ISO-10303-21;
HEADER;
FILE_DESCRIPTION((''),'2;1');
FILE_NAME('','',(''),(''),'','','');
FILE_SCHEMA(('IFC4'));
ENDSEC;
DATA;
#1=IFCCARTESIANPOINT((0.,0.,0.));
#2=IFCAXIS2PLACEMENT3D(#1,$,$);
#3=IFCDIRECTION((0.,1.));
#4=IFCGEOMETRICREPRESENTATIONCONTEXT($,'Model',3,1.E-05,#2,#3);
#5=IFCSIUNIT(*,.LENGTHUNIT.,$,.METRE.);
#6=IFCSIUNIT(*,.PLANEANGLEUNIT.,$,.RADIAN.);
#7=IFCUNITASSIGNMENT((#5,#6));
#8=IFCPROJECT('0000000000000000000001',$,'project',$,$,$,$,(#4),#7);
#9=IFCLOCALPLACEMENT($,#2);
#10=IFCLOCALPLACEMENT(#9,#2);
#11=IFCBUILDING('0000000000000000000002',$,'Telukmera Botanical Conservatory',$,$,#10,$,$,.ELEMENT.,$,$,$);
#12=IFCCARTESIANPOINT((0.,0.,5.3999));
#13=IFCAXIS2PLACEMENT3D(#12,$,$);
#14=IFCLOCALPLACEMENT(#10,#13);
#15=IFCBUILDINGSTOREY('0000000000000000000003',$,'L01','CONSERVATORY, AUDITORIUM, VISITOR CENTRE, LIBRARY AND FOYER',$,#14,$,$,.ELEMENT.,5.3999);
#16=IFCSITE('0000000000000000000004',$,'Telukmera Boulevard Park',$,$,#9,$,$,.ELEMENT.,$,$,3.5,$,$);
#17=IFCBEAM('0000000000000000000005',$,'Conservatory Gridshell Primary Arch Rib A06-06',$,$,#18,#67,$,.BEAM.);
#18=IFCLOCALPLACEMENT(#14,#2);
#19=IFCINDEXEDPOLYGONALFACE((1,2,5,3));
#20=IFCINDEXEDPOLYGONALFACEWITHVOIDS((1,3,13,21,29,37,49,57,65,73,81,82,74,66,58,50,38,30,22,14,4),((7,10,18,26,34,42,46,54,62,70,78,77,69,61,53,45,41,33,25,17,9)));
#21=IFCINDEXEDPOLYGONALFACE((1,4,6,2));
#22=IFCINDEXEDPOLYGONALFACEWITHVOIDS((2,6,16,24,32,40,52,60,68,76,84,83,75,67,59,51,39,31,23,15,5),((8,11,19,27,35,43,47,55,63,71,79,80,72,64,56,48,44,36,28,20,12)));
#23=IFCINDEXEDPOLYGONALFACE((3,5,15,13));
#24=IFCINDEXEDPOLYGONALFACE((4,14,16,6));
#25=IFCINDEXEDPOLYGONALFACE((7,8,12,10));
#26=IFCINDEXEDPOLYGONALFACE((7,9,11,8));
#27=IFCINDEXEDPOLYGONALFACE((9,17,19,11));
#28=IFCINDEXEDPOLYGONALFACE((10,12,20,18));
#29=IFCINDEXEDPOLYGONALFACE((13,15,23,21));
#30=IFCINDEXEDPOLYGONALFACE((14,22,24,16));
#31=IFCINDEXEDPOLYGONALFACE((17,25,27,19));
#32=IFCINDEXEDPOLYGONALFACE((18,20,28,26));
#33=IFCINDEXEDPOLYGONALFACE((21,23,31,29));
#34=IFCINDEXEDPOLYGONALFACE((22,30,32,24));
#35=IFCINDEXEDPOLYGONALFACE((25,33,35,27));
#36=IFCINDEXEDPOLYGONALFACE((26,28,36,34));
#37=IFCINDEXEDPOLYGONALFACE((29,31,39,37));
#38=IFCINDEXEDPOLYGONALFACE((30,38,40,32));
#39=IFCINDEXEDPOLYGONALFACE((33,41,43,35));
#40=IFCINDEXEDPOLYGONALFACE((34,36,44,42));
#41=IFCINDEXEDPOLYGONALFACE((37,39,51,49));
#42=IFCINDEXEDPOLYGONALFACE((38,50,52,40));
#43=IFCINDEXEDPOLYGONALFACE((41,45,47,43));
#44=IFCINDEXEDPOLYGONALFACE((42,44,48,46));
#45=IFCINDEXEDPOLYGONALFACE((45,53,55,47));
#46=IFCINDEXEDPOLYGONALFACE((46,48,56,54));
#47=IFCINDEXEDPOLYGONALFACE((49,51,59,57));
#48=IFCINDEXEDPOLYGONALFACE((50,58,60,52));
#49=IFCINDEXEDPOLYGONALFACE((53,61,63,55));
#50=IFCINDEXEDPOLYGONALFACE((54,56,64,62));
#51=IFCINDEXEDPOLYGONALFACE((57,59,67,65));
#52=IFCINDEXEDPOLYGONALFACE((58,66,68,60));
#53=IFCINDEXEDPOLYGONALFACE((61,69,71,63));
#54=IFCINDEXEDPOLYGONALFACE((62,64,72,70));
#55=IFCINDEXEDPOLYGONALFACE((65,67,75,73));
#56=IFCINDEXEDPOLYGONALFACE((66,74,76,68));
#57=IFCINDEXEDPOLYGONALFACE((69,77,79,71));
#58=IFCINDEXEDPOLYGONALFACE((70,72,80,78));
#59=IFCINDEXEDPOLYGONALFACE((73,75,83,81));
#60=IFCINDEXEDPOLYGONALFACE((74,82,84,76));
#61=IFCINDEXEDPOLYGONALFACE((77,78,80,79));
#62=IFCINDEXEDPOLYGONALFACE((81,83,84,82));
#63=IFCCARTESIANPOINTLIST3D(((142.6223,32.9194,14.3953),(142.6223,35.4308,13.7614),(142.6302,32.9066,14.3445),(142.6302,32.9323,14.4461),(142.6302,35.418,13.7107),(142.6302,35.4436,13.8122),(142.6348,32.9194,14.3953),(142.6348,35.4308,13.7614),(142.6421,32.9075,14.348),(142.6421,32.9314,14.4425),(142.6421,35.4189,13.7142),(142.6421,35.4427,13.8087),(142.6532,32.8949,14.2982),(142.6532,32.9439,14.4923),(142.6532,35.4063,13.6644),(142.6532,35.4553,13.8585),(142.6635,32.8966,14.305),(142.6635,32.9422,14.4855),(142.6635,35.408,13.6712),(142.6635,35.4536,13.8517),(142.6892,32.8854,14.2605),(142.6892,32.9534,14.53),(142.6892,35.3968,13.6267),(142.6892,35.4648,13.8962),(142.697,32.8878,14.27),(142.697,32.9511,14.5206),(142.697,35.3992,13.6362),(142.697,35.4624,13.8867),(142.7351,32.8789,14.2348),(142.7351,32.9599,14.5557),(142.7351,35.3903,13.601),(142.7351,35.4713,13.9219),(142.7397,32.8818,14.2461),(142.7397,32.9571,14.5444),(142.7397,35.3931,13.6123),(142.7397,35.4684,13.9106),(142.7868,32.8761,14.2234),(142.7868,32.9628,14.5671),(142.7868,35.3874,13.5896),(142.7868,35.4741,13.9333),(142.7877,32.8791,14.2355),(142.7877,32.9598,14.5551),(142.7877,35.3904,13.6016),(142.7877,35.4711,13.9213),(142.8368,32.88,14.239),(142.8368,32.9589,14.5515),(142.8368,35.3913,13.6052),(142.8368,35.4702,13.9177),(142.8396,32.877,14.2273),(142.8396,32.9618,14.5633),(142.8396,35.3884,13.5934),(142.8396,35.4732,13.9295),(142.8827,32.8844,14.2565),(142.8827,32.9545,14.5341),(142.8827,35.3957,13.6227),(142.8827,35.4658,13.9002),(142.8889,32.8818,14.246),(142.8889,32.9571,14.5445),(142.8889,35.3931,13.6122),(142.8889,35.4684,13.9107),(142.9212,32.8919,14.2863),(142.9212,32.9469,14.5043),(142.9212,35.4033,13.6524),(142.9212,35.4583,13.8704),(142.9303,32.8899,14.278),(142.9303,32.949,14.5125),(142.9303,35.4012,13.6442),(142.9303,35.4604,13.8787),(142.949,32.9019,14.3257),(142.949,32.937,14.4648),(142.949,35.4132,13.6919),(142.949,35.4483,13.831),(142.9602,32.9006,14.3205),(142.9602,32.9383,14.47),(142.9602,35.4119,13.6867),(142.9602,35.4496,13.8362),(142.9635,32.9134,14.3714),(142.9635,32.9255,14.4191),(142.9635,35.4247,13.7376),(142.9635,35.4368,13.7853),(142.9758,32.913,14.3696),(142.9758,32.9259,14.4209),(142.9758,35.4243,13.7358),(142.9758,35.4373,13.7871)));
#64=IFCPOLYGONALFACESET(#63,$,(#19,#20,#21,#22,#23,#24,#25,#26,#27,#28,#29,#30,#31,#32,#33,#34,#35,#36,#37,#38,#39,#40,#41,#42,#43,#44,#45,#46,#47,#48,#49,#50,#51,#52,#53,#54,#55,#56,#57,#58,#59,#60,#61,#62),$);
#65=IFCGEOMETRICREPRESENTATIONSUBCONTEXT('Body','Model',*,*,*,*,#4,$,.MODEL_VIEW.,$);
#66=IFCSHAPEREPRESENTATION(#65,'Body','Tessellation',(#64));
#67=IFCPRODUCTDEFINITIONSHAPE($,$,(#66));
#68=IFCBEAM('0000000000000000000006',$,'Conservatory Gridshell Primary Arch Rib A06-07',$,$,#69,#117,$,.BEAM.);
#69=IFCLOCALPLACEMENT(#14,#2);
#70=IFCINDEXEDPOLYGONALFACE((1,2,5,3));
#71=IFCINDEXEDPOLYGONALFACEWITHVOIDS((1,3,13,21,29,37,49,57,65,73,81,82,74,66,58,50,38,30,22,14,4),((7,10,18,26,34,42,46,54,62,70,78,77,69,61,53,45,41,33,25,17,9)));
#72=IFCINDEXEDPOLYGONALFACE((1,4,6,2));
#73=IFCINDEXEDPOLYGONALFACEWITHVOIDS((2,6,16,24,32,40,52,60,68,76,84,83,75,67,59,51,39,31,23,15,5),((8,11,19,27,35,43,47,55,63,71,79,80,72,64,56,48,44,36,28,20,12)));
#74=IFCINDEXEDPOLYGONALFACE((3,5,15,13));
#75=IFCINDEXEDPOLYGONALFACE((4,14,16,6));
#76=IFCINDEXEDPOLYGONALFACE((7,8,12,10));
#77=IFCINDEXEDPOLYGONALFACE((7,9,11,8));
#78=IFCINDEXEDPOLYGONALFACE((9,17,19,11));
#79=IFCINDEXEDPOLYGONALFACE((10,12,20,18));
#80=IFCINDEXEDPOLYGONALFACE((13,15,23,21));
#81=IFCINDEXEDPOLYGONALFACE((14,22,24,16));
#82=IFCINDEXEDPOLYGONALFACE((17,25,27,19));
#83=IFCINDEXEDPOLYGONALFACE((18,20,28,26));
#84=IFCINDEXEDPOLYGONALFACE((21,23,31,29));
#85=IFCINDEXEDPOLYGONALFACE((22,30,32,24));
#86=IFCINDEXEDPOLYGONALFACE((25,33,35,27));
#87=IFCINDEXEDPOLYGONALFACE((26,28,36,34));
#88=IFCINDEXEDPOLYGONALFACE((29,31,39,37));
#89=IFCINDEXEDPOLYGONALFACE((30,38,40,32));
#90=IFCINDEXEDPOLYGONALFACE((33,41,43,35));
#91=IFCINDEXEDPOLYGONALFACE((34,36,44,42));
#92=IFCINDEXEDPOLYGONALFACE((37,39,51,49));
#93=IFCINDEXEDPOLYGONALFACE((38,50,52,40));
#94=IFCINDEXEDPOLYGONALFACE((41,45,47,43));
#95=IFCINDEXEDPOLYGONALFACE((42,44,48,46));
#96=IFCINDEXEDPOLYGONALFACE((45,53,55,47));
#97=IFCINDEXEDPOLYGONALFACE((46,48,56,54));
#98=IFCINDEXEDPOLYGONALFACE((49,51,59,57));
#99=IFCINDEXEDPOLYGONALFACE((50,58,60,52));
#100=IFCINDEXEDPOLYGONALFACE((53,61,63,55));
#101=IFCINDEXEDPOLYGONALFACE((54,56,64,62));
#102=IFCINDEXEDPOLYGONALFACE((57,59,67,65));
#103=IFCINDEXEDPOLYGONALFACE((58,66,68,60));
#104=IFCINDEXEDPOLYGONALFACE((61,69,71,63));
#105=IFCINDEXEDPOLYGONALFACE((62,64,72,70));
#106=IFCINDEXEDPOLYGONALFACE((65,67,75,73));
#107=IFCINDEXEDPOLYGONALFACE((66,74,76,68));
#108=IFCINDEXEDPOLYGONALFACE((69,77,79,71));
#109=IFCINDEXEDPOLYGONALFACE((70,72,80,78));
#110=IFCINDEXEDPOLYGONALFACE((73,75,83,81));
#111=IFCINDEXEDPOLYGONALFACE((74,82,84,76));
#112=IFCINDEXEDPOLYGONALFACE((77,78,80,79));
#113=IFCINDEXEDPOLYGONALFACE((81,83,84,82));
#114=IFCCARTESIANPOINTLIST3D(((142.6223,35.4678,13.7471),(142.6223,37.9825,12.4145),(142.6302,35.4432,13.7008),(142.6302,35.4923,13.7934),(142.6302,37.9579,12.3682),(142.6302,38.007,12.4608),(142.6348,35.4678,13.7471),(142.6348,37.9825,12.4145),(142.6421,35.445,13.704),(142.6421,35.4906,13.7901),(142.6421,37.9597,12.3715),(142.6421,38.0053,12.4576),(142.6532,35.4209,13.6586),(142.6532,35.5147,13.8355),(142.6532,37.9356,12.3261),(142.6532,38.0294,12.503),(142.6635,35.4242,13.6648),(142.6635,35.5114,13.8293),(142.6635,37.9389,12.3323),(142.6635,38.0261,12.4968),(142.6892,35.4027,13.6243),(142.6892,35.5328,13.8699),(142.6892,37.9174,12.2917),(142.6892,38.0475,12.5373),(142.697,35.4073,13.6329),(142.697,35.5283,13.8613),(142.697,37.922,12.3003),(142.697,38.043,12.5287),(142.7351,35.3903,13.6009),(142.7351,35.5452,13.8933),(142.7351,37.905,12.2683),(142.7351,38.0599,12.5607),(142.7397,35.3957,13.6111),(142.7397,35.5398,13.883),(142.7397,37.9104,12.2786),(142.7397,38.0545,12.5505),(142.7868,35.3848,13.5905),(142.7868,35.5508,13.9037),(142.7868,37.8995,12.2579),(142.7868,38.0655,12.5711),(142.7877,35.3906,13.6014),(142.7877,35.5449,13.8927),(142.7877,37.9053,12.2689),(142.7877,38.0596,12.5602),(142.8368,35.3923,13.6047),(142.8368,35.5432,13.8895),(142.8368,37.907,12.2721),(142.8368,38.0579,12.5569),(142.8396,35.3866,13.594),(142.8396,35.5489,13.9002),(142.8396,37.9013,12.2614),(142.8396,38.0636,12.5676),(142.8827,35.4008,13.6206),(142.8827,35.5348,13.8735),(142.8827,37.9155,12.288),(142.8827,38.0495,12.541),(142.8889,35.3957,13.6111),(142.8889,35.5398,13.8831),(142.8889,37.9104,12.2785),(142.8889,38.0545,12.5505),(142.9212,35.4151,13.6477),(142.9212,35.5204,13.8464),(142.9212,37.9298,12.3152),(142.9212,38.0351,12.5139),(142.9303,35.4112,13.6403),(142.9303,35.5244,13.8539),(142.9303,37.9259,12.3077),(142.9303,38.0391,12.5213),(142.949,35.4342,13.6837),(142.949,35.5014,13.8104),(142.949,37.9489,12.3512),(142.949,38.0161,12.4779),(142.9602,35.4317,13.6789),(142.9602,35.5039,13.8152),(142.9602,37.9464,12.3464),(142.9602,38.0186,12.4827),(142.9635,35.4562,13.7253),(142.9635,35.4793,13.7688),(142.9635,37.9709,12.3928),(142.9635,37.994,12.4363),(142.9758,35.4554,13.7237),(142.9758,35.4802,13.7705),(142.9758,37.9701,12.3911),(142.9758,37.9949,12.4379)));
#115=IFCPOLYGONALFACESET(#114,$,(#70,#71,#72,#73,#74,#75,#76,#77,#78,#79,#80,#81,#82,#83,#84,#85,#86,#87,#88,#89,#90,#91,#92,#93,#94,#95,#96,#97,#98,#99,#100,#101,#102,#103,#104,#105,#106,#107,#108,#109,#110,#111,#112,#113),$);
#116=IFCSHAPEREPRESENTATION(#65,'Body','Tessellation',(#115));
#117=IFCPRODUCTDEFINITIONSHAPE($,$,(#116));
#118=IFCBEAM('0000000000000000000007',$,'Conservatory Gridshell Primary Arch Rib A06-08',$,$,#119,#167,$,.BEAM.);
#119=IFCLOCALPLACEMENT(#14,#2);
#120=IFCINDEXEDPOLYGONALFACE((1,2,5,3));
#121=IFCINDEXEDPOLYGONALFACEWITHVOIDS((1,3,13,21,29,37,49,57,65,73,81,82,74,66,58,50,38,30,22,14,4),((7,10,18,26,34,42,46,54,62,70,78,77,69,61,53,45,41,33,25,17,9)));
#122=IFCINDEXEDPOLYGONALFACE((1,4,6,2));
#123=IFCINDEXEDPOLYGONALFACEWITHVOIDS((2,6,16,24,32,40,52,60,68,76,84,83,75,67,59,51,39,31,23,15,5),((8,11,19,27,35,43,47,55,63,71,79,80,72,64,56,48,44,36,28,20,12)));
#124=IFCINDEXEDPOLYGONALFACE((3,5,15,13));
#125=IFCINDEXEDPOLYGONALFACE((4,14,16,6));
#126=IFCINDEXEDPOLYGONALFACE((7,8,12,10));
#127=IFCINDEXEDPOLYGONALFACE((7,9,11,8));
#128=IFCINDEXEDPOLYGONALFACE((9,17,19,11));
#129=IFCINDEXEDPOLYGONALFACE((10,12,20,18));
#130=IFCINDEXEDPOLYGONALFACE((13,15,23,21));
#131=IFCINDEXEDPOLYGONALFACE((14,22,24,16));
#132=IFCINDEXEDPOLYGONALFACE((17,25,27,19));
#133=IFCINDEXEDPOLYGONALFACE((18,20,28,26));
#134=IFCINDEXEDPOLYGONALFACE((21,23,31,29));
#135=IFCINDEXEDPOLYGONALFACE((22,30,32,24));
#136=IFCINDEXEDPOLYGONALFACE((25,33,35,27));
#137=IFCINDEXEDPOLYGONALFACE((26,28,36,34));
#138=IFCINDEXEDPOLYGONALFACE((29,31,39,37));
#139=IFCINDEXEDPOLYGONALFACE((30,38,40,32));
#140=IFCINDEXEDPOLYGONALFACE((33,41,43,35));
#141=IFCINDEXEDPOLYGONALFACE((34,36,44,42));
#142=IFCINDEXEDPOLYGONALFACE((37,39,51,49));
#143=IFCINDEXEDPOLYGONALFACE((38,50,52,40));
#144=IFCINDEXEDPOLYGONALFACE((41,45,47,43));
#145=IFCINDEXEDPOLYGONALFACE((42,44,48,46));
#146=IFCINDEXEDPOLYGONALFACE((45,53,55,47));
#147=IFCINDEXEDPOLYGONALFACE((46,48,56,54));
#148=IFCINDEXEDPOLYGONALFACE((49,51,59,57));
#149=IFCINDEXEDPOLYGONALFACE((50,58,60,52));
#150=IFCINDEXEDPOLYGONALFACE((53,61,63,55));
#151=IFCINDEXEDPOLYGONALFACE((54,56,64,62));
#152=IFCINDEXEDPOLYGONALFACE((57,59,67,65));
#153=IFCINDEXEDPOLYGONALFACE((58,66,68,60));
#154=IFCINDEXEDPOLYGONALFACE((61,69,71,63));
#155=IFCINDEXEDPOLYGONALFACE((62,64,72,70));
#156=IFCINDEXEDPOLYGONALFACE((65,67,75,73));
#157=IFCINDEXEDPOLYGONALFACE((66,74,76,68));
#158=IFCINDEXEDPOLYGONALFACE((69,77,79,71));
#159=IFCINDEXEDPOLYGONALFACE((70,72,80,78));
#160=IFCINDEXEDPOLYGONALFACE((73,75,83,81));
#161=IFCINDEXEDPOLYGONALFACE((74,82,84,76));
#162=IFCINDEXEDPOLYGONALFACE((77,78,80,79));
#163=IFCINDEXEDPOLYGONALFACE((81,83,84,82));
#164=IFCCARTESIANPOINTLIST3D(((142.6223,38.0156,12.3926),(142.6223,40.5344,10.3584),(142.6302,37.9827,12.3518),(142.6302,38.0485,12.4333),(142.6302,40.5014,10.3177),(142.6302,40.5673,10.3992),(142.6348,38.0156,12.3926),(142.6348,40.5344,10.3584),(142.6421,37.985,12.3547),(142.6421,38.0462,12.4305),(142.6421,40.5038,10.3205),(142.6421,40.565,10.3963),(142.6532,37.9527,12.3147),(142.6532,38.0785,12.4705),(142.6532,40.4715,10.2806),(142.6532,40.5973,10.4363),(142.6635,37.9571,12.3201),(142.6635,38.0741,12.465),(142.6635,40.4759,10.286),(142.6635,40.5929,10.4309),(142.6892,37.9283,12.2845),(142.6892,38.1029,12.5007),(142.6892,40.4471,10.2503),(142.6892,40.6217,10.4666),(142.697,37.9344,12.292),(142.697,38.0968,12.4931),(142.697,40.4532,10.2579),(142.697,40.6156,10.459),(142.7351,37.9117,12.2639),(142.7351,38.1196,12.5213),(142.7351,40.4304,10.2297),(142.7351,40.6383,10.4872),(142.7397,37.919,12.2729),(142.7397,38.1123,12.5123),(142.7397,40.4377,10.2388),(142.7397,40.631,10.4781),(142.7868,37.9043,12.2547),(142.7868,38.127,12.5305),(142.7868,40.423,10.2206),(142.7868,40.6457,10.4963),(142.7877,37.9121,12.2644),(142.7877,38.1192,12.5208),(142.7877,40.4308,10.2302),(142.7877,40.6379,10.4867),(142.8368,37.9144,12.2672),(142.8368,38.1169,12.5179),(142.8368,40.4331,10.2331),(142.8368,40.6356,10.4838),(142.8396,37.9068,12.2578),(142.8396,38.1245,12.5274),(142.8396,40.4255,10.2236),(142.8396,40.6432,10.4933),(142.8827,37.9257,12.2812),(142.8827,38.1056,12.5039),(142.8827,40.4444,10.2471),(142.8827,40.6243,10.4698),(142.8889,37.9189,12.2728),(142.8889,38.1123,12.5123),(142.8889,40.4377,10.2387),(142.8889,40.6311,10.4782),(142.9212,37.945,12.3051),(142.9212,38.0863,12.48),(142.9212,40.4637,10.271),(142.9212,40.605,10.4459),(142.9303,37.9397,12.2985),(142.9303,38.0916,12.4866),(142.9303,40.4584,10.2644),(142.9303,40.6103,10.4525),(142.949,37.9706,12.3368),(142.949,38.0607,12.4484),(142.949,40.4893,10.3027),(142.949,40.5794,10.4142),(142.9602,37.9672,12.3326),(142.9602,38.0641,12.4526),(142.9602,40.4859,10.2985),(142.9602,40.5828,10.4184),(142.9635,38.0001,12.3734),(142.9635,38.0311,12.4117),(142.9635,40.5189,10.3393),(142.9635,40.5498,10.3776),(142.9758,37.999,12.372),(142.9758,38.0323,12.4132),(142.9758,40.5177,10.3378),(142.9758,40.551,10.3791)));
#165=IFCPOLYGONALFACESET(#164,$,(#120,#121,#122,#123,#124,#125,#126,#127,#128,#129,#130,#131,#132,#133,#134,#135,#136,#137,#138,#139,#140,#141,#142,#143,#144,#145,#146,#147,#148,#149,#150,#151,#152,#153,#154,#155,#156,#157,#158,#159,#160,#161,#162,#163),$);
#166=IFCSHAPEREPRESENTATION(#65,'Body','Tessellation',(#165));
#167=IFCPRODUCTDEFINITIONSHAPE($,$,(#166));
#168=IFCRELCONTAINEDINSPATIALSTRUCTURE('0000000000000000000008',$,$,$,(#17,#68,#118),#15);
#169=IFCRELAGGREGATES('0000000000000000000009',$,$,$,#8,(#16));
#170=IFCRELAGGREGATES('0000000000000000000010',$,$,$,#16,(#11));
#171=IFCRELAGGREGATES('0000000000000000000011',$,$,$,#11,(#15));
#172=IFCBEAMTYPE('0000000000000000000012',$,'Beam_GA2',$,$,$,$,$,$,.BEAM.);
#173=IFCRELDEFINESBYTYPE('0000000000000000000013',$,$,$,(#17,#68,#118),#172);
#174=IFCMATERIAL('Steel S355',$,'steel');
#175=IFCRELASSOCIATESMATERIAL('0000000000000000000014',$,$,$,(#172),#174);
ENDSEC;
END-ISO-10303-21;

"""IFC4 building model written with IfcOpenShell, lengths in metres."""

from ifc_helpers import new_model, si_unit, direction, frame, origin, origin_2d, place, context, subcontext, project, spatial, hollow_circle, extrude, material, material_profile, profile_set, type_object, element, save


model = new_model("IFC4")

# Units and contexts
model_context = context("Model", 3, precision=1e-05, world=origin(), true_north=direction((0.0, 1.0)))
body_context = subcontext(model_context, "Body", "Model", "MODEL_VIEW")
ifc_project = project(units=[si_unit("LENGTHUNIT", "METRE"), si_unit("PLANEANGLEUNIT", "RADIAN")], contexts=[model_context])

# Site, building, storey
site_placement = place(None, origin())
site = spatial("IfcSite", under=ifc_project, at=site_placement, Name="Telukmera Boulevard Park", CompositionType="ELEMENT", RefElevation=3.5)
building_placement = place(site_placement, origin())
building = spatial("IfcBuilding", under=site, at=building_placement, Name="Telukmera Botanical Conservatory", CompositionType="ELEMENT")
storey_placement = place(building_placement, frame((0.0, 0.0, 5.3999)))
storey = spatial("IfcBuildingStorey", under=building, at=storey_placement, Name="L01", Description="CONSERVATORY, AUDITORIUM, VISITOR CENTRE, LIBRARY AND FOYER", CompositionType="ELEMENT", Elevation=5.3999)

# Beams
ifc_material = material(Name="Steel S355", Category="steel")
ifc_material_profile_1 = material_profile(ifc_material, hollow_circle(Radius=0.1777, WallThickness=0.0125, at=origin_2d()), Name="CHS 355.6x12.5")
ifc_profile_set_1 = profile_set([ifc_material_profile_1], Name="Steel S355")
beam_type = type_object("IfcBeamType", Name="Beam_GA2", PredefinedType="BEAM", material=ifc_profile_set_1)
beam_1_placement = place(storey_placement, frame((142.8, 32.9194, 14.3953), z_axis=(0.0, 0.969597, -0.244709), x_axis=(-1.0, 0.0, 0.0)))
element("IfcBeam", 1, at=beam_1_placement, inside=storey, type_object=beam_type, Name="Conservatory Gridshell Primary Arch Rib A06-06", PredefinedType="BEAM", context=body_context, shape_type="SweptSolid", body=[
    extrude(hollow_circle(Radius=0.1777, WallThickness=0.0125, at=origin_2d()), origin(), (0.0, 0.0, 1.0), 2.5901),
])
beam_2_placement = place(storey_placement, frame((142.8, 35.4678, 13.7471), z_axis=(0.0, 0.883608, -0.468227), x_axis=(-1.0, 0.0, 0.0)))
element("IfcBeam", 2, at=beam_2_placement, inside=storey, type_object=beam_type, Name="Conservatory Gridshell Primary Arch Rib A06-07", PredefinedType="BEAM", context=body_context, shape_type="SweptSolid", body=[
    extrude(hollow_circle(Radius=0.1777, WallThickness=0.0125, at=origin_2d()), origin(), (0.0, 0.0, 1.0), 2.8459),
])
beam_3_placement = place(storey_placement, frame((142.8, 38.0156, 12.3926), z_axis=(0.0, 0.777977, -0.628293), x_axis=(-1.0, 0.0, 0.0)))
element("IfcBeam", 3, at=beam_3_placement, inside=storey, type_object=beam_type, Name="Conservatory Gridshell Primary Arch Rib A06-08", PredefinedType="BEAM", context=body_context, shape_type="SweptSolid", body=[
    extrude(hollow_circle(Radius=0.1777, WallThickness=0.0125, at=origin_2d()), origin(), (0.0, 0.0, 1.0), 3.2375),
])

save(model, "model.ifc")
